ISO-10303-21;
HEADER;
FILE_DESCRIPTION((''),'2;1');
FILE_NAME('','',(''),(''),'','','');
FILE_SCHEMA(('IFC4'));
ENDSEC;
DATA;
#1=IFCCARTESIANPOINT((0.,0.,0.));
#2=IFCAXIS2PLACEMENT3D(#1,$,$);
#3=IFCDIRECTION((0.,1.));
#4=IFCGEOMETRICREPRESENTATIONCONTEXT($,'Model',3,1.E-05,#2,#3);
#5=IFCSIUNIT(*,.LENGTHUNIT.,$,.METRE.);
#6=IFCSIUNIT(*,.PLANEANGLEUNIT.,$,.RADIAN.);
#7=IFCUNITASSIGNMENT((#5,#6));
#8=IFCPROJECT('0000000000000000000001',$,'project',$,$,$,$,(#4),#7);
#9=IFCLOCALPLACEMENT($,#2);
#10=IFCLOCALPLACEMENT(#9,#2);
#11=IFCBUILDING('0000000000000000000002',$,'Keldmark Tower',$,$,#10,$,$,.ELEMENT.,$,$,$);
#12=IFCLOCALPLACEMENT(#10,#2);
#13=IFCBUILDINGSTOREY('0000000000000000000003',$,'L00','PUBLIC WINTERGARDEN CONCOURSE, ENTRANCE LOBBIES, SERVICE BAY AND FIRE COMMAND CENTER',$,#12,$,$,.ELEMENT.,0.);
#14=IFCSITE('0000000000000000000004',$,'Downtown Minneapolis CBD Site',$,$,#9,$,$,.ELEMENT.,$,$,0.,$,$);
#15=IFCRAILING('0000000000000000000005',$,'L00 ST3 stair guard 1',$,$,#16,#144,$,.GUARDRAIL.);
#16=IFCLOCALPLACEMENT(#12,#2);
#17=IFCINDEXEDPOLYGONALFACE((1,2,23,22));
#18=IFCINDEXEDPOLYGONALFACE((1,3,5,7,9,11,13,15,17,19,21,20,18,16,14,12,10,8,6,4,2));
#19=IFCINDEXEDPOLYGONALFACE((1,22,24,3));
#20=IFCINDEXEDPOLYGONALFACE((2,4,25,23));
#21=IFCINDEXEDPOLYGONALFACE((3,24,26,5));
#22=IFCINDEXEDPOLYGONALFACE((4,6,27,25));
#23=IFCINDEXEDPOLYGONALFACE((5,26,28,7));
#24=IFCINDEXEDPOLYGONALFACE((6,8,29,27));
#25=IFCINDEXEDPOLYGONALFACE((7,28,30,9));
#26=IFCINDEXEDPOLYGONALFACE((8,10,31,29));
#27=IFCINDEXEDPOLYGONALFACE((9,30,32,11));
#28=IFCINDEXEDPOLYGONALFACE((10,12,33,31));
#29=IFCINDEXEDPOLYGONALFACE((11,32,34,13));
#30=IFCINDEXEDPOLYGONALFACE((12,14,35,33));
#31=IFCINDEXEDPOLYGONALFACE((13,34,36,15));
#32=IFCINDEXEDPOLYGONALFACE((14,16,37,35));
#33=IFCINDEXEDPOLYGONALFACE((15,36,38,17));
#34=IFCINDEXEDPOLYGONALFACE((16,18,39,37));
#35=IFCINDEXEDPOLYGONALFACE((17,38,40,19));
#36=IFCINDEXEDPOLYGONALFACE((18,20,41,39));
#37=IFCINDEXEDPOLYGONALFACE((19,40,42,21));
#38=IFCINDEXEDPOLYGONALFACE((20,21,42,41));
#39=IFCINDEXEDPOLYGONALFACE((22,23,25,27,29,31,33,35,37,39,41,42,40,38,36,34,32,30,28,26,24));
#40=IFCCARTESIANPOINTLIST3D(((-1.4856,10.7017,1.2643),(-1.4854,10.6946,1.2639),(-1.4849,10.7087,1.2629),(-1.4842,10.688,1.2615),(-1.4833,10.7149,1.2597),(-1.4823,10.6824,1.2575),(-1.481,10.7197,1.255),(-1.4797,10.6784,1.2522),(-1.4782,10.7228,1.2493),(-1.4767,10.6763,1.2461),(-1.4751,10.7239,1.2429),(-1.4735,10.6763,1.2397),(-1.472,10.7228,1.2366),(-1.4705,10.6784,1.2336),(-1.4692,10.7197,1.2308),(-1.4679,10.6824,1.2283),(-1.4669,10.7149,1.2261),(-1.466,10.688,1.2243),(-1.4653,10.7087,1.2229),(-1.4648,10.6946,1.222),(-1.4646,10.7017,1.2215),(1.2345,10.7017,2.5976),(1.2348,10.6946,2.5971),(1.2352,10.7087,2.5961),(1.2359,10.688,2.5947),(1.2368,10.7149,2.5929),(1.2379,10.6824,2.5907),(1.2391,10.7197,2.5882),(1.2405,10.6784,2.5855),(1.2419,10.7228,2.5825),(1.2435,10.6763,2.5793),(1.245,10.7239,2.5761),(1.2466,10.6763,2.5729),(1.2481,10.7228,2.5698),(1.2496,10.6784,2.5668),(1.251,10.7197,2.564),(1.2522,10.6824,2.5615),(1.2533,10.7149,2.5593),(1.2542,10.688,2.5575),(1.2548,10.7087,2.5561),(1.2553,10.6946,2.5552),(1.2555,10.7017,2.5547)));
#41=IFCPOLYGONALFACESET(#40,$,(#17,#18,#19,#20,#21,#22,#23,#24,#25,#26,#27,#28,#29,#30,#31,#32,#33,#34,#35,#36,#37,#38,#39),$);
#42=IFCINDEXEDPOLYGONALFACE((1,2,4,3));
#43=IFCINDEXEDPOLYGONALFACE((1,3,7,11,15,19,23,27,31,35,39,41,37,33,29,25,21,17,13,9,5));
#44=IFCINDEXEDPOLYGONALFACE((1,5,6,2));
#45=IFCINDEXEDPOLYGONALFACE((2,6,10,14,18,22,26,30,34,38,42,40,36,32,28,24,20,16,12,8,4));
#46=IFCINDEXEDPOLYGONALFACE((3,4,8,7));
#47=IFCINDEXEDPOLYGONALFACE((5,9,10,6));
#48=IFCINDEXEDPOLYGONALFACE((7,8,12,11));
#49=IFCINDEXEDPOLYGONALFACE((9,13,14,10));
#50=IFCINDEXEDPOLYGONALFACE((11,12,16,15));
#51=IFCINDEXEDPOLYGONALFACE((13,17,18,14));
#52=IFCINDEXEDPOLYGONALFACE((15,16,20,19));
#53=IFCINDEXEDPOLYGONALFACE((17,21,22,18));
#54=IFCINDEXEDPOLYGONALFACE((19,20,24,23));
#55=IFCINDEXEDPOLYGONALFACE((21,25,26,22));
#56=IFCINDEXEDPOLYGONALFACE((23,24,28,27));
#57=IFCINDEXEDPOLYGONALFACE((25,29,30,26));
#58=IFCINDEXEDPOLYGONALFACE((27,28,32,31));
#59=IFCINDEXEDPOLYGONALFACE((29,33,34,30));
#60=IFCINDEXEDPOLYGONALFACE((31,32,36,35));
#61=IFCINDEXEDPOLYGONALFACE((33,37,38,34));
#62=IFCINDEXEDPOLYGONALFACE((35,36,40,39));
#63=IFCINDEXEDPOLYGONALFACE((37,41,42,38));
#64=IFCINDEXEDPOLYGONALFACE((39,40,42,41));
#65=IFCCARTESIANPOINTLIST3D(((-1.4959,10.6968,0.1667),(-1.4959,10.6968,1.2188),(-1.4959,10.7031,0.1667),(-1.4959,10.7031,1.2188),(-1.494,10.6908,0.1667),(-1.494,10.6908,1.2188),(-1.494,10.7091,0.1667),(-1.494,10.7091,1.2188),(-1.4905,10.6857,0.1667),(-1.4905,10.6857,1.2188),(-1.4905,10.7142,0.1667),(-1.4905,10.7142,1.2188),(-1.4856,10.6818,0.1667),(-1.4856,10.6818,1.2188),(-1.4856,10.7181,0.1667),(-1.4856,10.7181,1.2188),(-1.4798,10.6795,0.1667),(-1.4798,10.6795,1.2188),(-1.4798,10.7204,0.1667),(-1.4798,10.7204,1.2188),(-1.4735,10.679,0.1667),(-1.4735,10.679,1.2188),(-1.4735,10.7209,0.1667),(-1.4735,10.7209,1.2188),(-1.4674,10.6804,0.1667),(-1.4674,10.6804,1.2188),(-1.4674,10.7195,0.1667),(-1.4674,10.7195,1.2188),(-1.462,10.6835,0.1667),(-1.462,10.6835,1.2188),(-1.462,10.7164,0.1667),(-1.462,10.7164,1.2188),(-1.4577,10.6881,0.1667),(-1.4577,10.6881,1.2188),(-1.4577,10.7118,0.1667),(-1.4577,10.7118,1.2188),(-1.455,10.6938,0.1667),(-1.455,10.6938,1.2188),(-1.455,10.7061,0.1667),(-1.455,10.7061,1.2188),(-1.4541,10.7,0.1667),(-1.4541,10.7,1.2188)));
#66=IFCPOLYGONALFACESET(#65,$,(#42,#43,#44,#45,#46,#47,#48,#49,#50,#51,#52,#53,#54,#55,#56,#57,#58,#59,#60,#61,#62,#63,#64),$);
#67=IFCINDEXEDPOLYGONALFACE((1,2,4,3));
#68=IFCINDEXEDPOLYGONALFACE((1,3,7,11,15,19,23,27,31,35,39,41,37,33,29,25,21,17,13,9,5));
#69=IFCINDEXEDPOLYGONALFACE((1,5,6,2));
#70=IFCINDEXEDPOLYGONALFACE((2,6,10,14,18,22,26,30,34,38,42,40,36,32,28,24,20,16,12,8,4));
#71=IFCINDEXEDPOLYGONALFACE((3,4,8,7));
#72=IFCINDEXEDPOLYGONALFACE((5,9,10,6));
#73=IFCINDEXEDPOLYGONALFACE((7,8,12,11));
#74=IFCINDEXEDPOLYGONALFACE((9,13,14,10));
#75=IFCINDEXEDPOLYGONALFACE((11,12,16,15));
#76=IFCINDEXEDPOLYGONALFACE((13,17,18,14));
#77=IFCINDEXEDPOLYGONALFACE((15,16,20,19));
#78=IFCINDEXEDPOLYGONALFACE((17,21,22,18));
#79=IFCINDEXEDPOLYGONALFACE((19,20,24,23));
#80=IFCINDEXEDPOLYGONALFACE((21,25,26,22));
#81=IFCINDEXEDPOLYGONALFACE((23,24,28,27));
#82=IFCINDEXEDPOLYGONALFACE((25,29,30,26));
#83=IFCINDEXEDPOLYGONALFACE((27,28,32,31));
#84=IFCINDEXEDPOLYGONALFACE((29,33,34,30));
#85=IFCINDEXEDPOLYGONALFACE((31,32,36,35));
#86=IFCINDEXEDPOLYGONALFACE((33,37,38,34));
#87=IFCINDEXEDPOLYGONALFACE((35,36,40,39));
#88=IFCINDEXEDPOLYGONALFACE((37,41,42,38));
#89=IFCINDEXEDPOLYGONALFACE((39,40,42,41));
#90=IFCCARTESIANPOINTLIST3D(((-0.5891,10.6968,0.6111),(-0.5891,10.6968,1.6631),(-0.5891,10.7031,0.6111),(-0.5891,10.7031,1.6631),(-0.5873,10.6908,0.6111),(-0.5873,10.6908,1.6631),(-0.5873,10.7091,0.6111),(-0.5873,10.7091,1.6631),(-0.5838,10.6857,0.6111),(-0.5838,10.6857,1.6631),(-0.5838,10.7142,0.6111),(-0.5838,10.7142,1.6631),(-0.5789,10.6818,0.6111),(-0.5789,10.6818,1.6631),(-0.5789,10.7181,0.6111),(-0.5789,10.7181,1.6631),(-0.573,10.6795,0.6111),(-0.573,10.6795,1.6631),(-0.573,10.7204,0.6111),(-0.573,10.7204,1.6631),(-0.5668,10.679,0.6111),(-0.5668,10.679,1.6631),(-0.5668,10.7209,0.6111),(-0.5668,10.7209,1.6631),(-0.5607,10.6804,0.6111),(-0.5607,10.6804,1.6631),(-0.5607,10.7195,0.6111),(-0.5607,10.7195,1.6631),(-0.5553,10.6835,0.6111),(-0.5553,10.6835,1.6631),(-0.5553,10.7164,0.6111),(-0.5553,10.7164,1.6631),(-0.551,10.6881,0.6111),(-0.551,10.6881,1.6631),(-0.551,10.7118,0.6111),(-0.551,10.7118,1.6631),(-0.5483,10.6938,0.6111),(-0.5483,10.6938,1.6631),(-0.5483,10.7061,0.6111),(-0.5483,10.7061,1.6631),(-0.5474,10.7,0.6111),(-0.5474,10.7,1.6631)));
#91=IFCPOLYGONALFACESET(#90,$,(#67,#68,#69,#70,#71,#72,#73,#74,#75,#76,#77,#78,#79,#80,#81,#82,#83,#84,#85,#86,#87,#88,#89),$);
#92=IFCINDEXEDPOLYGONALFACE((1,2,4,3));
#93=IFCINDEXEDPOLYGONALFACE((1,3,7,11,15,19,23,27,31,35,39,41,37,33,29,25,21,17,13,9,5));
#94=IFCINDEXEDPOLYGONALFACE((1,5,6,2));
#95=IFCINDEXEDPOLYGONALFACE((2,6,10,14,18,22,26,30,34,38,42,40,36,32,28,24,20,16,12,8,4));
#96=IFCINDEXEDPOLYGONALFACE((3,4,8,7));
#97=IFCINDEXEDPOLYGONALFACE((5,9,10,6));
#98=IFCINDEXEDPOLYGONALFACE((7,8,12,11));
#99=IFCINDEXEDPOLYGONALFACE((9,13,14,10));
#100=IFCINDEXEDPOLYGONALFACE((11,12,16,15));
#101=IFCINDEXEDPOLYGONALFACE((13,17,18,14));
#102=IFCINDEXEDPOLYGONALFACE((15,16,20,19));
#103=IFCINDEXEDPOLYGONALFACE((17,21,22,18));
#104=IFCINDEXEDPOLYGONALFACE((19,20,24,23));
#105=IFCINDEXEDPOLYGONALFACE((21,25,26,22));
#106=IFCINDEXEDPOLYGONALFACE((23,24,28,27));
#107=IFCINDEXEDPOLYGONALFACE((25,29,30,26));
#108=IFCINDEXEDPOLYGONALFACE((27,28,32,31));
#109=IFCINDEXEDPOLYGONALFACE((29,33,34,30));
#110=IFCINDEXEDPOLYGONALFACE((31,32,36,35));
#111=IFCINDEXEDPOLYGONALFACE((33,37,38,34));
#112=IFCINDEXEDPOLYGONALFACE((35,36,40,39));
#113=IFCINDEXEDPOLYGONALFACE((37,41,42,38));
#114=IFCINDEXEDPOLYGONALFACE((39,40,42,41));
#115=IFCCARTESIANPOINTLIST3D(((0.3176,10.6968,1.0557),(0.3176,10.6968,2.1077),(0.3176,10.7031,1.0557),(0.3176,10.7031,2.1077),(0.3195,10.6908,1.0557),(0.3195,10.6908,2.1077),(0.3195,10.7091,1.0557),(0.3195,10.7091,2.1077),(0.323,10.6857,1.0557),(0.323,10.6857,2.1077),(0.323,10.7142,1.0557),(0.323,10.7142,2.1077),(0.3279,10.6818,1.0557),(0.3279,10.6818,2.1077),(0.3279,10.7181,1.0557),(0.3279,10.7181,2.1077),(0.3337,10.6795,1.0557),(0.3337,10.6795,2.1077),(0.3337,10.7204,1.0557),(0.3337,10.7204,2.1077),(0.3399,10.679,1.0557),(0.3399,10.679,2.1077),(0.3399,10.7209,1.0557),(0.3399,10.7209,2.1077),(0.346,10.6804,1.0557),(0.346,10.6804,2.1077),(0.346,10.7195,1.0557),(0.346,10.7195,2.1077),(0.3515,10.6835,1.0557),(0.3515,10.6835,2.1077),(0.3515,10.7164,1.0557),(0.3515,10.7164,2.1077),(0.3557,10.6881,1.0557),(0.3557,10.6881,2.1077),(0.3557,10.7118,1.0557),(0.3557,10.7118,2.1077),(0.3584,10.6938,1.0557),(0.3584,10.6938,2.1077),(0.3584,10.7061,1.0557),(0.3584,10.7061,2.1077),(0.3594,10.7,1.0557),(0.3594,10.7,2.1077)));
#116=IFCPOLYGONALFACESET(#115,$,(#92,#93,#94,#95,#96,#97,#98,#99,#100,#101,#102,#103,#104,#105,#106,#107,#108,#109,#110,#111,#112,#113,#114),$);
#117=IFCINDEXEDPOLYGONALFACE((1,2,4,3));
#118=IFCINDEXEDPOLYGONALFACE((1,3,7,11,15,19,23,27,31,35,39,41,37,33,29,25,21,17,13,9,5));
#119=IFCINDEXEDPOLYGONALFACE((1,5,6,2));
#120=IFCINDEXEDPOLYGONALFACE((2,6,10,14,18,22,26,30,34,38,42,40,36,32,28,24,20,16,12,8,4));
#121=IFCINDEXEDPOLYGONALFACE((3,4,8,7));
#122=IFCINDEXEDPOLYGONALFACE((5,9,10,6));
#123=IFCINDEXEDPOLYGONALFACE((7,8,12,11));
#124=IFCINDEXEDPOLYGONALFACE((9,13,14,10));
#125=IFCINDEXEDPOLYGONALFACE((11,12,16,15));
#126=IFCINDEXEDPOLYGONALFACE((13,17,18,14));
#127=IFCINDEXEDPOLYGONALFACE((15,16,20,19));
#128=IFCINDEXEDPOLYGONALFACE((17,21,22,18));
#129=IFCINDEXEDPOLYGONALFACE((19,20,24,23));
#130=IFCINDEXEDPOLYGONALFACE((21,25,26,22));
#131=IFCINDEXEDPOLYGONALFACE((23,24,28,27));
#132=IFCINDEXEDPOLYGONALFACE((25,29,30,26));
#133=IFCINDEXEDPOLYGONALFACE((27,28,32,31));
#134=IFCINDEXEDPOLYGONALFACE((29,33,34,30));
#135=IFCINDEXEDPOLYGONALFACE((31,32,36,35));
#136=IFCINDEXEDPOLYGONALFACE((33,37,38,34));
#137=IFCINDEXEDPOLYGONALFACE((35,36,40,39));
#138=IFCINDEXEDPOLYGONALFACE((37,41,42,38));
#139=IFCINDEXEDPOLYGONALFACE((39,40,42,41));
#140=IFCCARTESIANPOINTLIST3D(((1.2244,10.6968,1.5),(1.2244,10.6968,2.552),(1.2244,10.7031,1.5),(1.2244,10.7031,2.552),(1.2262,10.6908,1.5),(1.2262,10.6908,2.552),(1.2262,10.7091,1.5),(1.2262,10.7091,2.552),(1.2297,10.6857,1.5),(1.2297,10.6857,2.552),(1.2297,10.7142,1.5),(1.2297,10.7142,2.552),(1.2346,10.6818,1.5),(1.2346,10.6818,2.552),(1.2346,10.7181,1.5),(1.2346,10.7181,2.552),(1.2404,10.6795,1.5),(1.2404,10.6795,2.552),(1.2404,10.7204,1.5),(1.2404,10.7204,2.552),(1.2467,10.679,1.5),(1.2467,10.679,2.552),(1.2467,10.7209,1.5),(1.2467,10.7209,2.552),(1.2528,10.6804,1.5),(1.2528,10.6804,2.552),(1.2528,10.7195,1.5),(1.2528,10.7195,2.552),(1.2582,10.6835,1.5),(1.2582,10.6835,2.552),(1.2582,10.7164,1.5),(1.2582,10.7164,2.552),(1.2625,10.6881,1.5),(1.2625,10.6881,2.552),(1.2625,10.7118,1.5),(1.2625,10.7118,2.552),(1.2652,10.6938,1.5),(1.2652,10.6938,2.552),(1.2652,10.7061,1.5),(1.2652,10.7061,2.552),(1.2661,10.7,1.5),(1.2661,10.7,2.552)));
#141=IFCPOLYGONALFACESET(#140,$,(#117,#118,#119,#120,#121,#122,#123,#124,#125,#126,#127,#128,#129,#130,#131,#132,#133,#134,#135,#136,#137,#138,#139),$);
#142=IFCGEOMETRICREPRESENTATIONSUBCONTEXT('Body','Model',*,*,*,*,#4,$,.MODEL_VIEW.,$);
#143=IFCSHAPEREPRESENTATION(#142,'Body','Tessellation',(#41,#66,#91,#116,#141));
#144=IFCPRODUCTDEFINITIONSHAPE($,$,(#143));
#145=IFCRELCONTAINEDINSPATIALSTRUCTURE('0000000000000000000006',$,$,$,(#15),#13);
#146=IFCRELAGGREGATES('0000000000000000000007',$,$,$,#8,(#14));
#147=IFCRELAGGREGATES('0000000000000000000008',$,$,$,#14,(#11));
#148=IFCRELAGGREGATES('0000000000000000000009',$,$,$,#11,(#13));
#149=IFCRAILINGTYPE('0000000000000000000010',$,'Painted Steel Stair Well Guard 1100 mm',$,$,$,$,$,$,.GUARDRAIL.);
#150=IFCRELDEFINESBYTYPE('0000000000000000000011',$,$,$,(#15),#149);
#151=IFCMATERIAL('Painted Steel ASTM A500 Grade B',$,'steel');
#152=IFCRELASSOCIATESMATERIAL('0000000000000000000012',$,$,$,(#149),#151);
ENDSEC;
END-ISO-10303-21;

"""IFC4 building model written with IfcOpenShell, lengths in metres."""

from ifc_helpers import new_model, si_unit, direction, frame, origin, origin_2d, place, context, subcontext, project, spatial, circle, extrude, material, type_object, element, save


model = new_model("IFC4")

# Units and contexts
model_context = context("Model", 3, precision=1e-05, world=origin(), true_north=direction((0.0, 1.0)))
body_context = subcontext(model_context, "Body", "Model", "MODEL_VIEW")
ifc_project = project(units=[si_unit("LENGTHUNIT", "METRE"), si_unit("PLANEANGLEUNIT", "RADIAN")], contexts=[model_context])

# Site, building, storey
site_placement = place(None, origin())
site = spatial("IfcSite", under=ifc_project, at=site_placement, Name="Downtown Minneapolis CBD Site", CompositionType="ELEMENT", RefElevation=0.0)
building_placement = place(site_placement, origin())
building = spatial("IfcBuilding", under=site, at=building_placement, Name="Keldmark Tower", CompositionType="ELEMENT")
storey_placement = place(building_placement, origin())
storey = spatial("IfcBuildingStorey", under=building, at=storey_placement, Name="L00", Description="PUBLIC WINTERGARDEN CONCOURSE, ENTRANCE LOBBIES, SERVICE BAY AND FIRE COMMAND CENTER", CompositionType="ELEMENT", Elevation=0.0)

# Railing
ifc_material_1 = material(Name="Painted Steel ASTM A500 Grade B", Category="steel")
railing_type = type_object("IfcRailingType", Name="Painted Steel Stair Well Guard 1100 mm", PredefinedType="GUARDRAIL", material=ifc_material_1)
railing_1_placement = place(storey_placement, frame((-1.4751, 10.7, 0.1667)))
element("IfcRailing", 1, at=railing_1_placement, inside=storey, type_object=railing_type, Name="L00 ST3 stair guard 1", PredefinedType="GUARDRAIL", context=body_context, shape_type="SweptSolid", body=[
    extrude(circle(Radius=0.0239, at=origin_2d()), frame((0.0, 0.0, 1.0762), z_axis=(0.897945, 0.0, 0.440108), x_axis=(0.0, 1.0, 0.0)), (0.0, 0.0, 1.0), 3.0293),
    extrude(circle(Radius=0.021, at=origin_2d()), origin(), (0.0, 0.0, 1.0), 1.052),
    extrude(circle(Radius=0.021, at=origin_2d()), frame((0.9067, 0.0, 0.4443)), (0.0, 0.0, 1.0), 1.052),
    extrude(circle(Radius=0.021, at=origin_2d()), frame((1.8135, 0.0, 0.8889)), (0.0, 0.0, 1.0), 1.052),
    extrude(circle(Radius=0.021, at=origin_2d()), frame((2.7202, 0.0, 1.3333)), (0.0, 0.0, 1.0), 1.052),
])

save(model, "model.ifc")
